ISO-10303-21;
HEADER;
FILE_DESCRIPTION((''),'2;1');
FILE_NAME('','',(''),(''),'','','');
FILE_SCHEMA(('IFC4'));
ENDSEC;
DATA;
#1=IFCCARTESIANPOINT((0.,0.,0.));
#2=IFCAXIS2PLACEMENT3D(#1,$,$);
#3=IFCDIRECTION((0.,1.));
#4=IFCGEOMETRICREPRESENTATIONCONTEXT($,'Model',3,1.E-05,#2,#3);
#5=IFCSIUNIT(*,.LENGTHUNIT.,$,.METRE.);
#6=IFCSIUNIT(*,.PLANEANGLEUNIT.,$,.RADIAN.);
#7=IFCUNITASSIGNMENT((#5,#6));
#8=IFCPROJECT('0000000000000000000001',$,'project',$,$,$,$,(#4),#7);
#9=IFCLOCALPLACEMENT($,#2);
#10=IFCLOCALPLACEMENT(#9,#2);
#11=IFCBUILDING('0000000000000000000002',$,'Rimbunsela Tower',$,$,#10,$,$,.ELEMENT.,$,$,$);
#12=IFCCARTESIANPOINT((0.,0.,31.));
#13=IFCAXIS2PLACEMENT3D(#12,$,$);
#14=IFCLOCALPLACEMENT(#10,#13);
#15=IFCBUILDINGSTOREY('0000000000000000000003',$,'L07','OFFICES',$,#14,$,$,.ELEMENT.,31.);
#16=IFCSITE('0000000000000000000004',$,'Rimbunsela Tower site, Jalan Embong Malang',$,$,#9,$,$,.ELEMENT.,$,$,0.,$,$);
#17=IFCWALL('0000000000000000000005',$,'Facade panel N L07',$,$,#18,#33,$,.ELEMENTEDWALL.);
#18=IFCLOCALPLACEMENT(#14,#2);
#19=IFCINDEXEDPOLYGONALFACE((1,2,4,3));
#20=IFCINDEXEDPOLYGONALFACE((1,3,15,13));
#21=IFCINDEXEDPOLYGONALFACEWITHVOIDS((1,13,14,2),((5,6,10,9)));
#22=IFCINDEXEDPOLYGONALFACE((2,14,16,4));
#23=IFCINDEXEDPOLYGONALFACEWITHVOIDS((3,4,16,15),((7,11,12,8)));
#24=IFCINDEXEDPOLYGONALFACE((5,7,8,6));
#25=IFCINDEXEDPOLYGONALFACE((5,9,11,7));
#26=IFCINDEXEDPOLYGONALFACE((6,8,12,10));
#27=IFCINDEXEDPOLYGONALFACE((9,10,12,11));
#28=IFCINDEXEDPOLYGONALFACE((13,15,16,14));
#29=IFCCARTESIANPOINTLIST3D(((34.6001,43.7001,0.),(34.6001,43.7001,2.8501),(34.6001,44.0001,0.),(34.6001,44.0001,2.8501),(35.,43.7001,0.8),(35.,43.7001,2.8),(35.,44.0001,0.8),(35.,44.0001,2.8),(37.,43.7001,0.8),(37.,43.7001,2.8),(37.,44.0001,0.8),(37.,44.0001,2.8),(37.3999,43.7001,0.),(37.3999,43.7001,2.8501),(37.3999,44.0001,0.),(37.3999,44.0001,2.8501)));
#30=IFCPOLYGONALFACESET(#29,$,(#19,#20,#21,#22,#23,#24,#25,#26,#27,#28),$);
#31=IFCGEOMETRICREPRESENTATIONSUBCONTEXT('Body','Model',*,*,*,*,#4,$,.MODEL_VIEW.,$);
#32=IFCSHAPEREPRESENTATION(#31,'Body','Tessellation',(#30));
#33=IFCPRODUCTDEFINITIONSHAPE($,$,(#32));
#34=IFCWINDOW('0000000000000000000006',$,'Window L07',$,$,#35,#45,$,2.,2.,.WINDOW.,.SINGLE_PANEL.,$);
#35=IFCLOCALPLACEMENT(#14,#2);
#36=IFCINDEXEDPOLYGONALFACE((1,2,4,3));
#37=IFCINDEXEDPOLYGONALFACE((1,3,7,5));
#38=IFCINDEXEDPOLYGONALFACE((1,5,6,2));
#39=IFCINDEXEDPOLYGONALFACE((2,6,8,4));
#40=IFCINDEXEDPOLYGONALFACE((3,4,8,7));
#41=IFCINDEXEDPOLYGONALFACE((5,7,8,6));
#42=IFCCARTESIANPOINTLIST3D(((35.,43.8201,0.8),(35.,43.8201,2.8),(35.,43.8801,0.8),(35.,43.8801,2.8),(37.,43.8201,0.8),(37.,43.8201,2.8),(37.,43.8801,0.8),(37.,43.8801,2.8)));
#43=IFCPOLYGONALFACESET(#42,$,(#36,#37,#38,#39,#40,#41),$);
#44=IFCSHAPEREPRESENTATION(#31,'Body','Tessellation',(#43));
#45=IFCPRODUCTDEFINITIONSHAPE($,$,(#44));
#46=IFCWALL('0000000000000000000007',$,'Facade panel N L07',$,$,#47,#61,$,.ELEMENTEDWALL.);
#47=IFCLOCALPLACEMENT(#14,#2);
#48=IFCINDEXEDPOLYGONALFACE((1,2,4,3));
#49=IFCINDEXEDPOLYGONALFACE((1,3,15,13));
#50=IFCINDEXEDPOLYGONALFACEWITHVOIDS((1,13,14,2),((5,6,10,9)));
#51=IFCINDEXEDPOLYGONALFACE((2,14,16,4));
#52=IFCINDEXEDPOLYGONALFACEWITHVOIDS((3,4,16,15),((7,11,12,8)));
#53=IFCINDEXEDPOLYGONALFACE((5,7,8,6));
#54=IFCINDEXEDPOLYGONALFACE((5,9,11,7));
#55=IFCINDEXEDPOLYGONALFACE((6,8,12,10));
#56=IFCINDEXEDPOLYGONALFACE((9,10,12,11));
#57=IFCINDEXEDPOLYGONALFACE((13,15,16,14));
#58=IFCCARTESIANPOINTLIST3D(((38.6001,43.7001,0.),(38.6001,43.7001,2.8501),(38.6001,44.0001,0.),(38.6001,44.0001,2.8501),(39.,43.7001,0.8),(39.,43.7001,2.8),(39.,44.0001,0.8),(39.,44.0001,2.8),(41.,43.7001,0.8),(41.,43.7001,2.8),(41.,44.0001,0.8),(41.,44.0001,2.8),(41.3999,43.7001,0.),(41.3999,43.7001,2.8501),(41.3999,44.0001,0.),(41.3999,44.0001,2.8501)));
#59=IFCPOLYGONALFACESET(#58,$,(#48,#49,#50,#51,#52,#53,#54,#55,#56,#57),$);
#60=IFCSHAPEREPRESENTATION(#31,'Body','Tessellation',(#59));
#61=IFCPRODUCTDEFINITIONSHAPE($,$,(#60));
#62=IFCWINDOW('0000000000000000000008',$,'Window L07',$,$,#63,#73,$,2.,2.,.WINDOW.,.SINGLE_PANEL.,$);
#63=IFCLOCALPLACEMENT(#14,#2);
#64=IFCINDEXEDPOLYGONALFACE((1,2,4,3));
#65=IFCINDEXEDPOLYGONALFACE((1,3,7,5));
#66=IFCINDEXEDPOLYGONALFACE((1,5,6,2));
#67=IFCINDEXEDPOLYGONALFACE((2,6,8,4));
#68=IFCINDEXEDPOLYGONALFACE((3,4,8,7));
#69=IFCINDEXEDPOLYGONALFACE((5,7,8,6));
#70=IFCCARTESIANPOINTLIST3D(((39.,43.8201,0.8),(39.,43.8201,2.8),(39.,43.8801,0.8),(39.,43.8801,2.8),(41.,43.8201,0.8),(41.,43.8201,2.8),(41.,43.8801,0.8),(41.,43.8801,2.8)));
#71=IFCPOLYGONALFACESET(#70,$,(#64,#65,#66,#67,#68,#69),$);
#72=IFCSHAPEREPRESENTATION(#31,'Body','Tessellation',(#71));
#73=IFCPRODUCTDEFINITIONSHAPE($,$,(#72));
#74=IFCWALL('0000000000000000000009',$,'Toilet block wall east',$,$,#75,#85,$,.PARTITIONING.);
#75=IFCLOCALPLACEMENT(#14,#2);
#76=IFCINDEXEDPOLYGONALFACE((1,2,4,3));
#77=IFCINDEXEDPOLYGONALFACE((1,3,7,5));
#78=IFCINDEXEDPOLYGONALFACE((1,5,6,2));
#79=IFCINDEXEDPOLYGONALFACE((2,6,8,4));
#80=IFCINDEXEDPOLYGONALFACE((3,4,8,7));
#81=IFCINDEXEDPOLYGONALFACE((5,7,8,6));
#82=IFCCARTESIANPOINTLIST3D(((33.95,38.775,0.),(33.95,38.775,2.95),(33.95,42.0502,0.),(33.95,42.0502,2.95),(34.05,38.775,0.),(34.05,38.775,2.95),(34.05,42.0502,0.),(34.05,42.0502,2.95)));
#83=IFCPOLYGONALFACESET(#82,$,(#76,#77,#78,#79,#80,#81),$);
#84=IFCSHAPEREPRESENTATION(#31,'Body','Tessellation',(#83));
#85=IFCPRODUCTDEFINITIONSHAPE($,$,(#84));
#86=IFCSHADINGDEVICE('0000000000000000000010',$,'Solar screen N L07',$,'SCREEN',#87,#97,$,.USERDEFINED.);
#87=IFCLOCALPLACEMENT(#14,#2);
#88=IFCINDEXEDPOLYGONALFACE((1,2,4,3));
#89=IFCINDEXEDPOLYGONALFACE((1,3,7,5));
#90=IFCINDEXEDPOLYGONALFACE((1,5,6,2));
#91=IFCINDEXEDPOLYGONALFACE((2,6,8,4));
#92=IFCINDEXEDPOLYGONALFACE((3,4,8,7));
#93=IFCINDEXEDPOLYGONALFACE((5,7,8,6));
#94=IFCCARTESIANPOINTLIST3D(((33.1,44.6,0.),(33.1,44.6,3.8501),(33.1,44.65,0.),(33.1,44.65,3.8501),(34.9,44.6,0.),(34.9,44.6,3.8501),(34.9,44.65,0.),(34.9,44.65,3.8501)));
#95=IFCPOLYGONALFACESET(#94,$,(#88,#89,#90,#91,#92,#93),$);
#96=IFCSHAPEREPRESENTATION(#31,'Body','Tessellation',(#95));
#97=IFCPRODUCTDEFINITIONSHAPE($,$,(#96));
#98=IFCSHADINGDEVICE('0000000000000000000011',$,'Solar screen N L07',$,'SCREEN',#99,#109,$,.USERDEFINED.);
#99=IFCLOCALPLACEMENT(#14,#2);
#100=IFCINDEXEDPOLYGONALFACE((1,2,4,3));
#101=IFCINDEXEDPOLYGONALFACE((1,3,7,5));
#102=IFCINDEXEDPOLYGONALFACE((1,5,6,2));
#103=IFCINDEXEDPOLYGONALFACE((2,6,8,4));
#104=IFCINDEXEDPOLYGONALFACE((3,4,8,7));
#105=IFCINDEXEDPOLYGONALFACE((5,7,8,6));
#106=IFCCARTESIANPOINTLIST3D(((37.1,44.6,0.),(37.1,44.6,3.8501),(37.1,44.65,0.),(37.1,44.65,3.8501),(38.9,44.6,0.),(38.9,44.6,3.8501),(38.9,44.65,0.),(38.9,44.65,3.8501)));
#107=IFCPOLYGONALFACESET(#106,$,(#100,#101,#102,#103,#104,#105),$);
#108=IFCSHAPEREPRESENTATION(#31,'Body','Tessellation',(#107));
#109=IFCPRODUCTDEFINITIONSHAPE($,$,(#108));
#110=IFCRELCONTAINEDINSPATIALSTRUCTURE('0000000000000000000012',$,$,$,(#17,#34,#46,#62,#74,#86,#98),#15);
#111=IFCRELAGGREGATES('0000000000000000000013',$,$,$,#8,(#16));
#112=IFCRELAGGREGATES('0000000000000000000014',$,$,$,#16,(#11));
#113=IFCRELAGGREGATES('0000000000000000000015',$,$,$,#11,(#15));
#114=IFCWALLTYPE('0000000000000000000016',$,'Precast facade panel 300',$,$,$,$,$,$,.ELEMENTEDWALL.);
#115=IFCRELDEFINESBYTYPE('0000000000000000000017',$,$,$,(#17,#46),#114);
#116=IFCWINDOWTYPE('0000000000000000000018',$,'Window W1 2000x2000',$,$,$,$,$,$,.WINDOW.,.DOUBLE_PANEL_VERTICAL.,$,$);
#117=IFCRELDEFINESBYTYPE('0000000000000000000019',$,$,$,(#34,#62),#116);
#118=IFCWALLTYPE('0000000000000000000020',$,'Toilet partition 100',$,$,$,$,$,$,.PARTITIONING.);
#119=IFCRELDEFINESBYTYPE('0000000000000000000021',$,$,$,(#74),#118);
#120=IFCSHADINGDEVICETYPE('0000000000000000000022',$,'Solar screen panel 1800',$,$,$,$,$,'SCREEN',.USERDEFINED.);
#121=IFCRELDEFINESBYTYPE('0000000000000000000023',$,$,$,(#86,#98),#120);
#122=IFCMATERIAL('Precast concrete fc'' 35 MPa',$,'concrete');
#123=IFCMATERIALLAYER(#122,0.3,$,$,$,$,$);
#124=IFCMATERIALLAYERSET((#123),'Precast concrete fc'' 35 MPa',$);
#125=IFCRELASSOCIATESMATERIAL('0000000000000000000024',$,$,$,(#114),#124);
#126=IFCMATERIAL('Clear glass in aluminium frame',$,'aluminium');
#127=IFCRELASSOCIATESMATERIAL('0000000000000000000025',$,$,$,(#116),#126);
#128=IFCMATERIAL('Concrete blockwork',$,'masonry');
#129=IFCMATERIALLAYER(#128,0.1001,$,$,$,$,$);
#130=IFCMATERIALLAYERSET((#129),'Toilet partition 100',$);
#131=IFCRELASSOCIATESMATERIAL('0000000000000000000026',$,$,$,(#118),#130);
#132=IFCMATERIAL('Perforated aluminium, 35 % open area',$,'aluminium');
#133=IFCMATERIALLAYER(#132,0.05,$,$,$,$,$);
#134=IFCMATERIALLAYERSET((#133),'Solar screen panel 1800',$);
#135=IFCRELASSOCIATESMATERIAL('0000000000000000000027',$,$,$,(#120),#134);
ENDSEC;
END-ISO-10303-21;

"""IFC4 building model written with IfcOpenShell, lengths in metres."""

from ifc_helpers import new_model, si_unit, direction, frame, frame_2d, origin, origin_2d, place, context, subcontext, project, spatial, rectangle, extrude, material, layer, layer_set, type_object, element, fill, save


model = new_model("IFC4")

# Units and contexts
model_context = context("Model", 3, precision=1e-05, world=origin(), true_north=direction((0.0, 1.0)))
body_context = subcontext(model_context, "Body", "Model", "MODEL_VIEW")
ifc_project = project(units=[si_unit("LENGTHUNIT", "METRE"), si_unit("PLANEANGLEUNIT", "RADIAN")], contexts=[model_context])

# Site, building, storey
site_placement = place(None, origin())
site = spatial("IfcSite", under=ifc_project, at=site_placement, Name="Rimbunsela Tower site, Jalan Embong Malang", CompositionType="ELEMENT", RefElevation=0.0)
building_placement = place(site_placement, origin())
building = spatial("IfcBuilding", under=site, at=building_placement, Name="Rimbunsela Tower", CompositionType="ELEMENT")
storey_placement = place(building_placement, frame((0.0, 0.0, 31.0)))
storey = spatial("IfcBuildingStorey", under=building, at=storey_placement, Name="L07", Description="OFFICES", CompositionType="ELEMENT", Elevation=31.0)

# Walls, openings, windows
ifc_material_1 = material(Name="Precast concrete fc' 35 MPa", Category="concrete")
ifc_layer_1 = layer(ifc_material_1, 0.3)
ifc_layer_set_1 = layer_set([ifc_layer_1], Name="Precast concrete fc' 35 MPa")
wall_type_1 = type_object("IfcWallType", Name="Precast facade panel 300", PredefinedType="ELEMENTEDWALL", material=ifc_layer_set_1)
ifc_material_2 = material(Name="Clear glass in aluminium frame", Category="aluminium")
window_type = type_object("IfcWindowType", Name="Window W1 2000x2000", PartitioningType="DOUBLE_PANEL_VERTICAL", PredefinedType="WINDOW", material=ifc_material_2)
wall_1_placement = place(storey_placement, frame((37.3999, 43.8501, 0.0), z_axis=(0.0, 0.0, 1.0), x_axis=(-1.0, 0.0, 0.0)))
wall_1 = element("IfcWall", 1, at=wall_1_placement, inside=storey, type_object=wall_type_1, Name="Facade panel N L07", PredefinedType="ELEMENTEDWALL", context=body_context, shape_type="SweptSolid", body=[
    extrude(rectangle(XDim=2.7998, YDim=0.3, at=frame_2d((1.3999, 0.0))), origin(), (0.0, 0.0, 1.0), 2.8501),
])
opening_1_placement = place(wall_1_placement, frame((0.3999, 0.0, 0.8)))
opening_1 = element("IfcOpeningElement", 2, at=opening_1_placement, cuts=wall_1, PredefinedType="OPENING", context=body_context, shape_type="SweptSolid", body=[
    extrude(rectangle(XDim=2.0, YDim=2.0, at=frame_2d((1.0, 1.0))), frame((0.0, 0.1599, 0.0), z_axis=(0.0, -1.0, 0.0), x_axis=(1.0, 0.0, 0.0)), (0.0, 0.0, 1.0), 0.3201),
])
window_1_placement = place(opening_1_placement, origin())
window_1 = element("IfcWindow", 3, at=window_1_placement, inside=storey, type_object=window_type, Name="Window L07", OverallHeight=2.0, OverallWidth=2.0, PartitioningType="SINGLE_PANEL", PredefinedType="WINDOW", context=body_context, shape_type="SweptSolid", body=[
    extrude(rectangle(XDim=2.0, YDim=2.0, at=frame_2d((1.0, 1.0))), frame((0.0, 0.03, 0.0), z_axis=(0.0, -1.0, 0.0), x_axis=(1.0, 0.0, 0.0)), (0.0, 0.0, 1.0), 0.0601),
])
fill(opening_1, window_1)
wall_2_placement = place(storey_placement, frame((41.3999, 43.8501, 0.0), z_axis=(0.0, 0.0, 1.0), x_axis=(-1.0, 0.0, 0.0)))
wall_2 = element("IfcWall", 4, at=wall_2_placement, inside=storey, type_object=wall_type_1, Name="Facade panel N L07", PredefinedType="ELEMENTEDWALL", context=body_context, shape_type="SweptSolid", body=[
    extrude(rectangle(XDim=2.7998, YDim=0.3, at=frame_2d((1.3999, 0.0))), origin(), (0.0, 0.0, 1.0), 2.8501),
])
opening_2_placement = place(wall_2_placement, frame((0.3999, 0.0, 0.8)))
opening_2 = element("IfcOpeningElement", 5, at=opening_2_placement, cuts=wall_2, PredefinedType="OPENING", context=body_context, shape_type="SweptSolid", body=[
    extrude(rectangle(XDim=2.0, YDim=2.0, at=frame_2d((1.0, 1.0))), frame((0.0, 0.1599, 0.0), z_axis=(0.0, -1.0, 0.0), x_axis=(1.0, 0.0, 0.0)), (0.0, 0.0, 1.0), 0.3201),
])
window_2_placement = place(opening_2_placement, origin())
window_2 = element("IfcWindow", 6, at=window_2_placement, inside=storey, type_object=window_type, Name="Window L07", OverallHeight=2.0, OverallWidth=2.0, PartitioningType="SINGLE_PANEL", PredefinedType="WINDOW", context=body_context, shape_type="SweptSolid", body=[
    extrude(rectangle(XDim=2.0, YDim=2.0, at=frame_2d((1.0, 1.0))), frame((0.0, 0.03, 0.0), z_axis=(0.0, -1.0, 0.0), x_axis=(1.0, 0.0, 0.0)), (0.0, 0.0, 1.0), 0.0601),
])
fill(opening_2, window_2)

# Wall
ifc_material_3 = material(Name="Concrete blockwork", Category="masonry")
ifc_layer_2 = layer(ifc_material_3, 0.1001)
ifc_layer_set_2 = layer_set([ifc_layer_2], Name="Toilet partition 100")
wall_type_2 = type_object("IfcWallType", Name="Toilet partition 100", PredefinedType="PARTITIONING", material=ifc_layer_set_2)
wall_3_placement = place(storey_placement, frame((34.0, 38.7749, 0.0), z_axis=(0.0, 0.0, 1.0), x_axis=(0.0, 1.0, 0.0)))
element("IfcWall", 7, at=wall_3_placement, inside=storey, type_object=wall_type_2, Name="Toilet block wall east", PredefinedType="PARTITIONING", context=body_context, shape_type="SweptSolid", body=[
    extrude(rectangle(XDim=3.2751, YDim=0.1001, at=frame_2d((1.6377, 0.0))), origin(), (0.0, 0.0, 1.0), 2.95),
])

# Shading devices
ifc_material_4 = material(Name="Perforated aluminium, 35 % open area", Category="aluminium")
ifc_layer_3 = layer(ifc_material_4, 0.05)
ifc_layer_set_3 = layer_set([ifc_layer_3], Name="Solar screen panel 1800")
shading_device_type = type_object("IfcShadingDeviceType", Name="Solar screen panel 1800", ElementType="SCREEN", PredefinedType="USERDEFINED", material=ifc_layer_set_3)
for number, where, z_axis, x_axis, name in (
    (8, (34.0, 44.625, 0.0), (0.0, 0.0, 1.0), (1.0, 0.0, 0.0), "Solar screen N L07"),
    (9, (38.0, 44.625, 0.0), (0.0, 0.0, 1.0), (1.0, 0.0, 0.0), "Solar screen N L07"),
):
    element("IfcShadingDevice", number, at=place(storey_placement, frame(where, z_axis=z_axis, x_axis=x_axis)), inside=storey, type_object=shading_device_type, Name=name, ObjectType="SCREEN", PredefinedType="USERDEFINED", context=body_context, shape_type="SweptSolid", body=[
        extrude(rectangle(XDim=1.8, YDim=0.05, at=origin_2d()), origin(), (0.0, 0.0, 1.0), 3.8501),
    ])

save(model, "model.ifc")
